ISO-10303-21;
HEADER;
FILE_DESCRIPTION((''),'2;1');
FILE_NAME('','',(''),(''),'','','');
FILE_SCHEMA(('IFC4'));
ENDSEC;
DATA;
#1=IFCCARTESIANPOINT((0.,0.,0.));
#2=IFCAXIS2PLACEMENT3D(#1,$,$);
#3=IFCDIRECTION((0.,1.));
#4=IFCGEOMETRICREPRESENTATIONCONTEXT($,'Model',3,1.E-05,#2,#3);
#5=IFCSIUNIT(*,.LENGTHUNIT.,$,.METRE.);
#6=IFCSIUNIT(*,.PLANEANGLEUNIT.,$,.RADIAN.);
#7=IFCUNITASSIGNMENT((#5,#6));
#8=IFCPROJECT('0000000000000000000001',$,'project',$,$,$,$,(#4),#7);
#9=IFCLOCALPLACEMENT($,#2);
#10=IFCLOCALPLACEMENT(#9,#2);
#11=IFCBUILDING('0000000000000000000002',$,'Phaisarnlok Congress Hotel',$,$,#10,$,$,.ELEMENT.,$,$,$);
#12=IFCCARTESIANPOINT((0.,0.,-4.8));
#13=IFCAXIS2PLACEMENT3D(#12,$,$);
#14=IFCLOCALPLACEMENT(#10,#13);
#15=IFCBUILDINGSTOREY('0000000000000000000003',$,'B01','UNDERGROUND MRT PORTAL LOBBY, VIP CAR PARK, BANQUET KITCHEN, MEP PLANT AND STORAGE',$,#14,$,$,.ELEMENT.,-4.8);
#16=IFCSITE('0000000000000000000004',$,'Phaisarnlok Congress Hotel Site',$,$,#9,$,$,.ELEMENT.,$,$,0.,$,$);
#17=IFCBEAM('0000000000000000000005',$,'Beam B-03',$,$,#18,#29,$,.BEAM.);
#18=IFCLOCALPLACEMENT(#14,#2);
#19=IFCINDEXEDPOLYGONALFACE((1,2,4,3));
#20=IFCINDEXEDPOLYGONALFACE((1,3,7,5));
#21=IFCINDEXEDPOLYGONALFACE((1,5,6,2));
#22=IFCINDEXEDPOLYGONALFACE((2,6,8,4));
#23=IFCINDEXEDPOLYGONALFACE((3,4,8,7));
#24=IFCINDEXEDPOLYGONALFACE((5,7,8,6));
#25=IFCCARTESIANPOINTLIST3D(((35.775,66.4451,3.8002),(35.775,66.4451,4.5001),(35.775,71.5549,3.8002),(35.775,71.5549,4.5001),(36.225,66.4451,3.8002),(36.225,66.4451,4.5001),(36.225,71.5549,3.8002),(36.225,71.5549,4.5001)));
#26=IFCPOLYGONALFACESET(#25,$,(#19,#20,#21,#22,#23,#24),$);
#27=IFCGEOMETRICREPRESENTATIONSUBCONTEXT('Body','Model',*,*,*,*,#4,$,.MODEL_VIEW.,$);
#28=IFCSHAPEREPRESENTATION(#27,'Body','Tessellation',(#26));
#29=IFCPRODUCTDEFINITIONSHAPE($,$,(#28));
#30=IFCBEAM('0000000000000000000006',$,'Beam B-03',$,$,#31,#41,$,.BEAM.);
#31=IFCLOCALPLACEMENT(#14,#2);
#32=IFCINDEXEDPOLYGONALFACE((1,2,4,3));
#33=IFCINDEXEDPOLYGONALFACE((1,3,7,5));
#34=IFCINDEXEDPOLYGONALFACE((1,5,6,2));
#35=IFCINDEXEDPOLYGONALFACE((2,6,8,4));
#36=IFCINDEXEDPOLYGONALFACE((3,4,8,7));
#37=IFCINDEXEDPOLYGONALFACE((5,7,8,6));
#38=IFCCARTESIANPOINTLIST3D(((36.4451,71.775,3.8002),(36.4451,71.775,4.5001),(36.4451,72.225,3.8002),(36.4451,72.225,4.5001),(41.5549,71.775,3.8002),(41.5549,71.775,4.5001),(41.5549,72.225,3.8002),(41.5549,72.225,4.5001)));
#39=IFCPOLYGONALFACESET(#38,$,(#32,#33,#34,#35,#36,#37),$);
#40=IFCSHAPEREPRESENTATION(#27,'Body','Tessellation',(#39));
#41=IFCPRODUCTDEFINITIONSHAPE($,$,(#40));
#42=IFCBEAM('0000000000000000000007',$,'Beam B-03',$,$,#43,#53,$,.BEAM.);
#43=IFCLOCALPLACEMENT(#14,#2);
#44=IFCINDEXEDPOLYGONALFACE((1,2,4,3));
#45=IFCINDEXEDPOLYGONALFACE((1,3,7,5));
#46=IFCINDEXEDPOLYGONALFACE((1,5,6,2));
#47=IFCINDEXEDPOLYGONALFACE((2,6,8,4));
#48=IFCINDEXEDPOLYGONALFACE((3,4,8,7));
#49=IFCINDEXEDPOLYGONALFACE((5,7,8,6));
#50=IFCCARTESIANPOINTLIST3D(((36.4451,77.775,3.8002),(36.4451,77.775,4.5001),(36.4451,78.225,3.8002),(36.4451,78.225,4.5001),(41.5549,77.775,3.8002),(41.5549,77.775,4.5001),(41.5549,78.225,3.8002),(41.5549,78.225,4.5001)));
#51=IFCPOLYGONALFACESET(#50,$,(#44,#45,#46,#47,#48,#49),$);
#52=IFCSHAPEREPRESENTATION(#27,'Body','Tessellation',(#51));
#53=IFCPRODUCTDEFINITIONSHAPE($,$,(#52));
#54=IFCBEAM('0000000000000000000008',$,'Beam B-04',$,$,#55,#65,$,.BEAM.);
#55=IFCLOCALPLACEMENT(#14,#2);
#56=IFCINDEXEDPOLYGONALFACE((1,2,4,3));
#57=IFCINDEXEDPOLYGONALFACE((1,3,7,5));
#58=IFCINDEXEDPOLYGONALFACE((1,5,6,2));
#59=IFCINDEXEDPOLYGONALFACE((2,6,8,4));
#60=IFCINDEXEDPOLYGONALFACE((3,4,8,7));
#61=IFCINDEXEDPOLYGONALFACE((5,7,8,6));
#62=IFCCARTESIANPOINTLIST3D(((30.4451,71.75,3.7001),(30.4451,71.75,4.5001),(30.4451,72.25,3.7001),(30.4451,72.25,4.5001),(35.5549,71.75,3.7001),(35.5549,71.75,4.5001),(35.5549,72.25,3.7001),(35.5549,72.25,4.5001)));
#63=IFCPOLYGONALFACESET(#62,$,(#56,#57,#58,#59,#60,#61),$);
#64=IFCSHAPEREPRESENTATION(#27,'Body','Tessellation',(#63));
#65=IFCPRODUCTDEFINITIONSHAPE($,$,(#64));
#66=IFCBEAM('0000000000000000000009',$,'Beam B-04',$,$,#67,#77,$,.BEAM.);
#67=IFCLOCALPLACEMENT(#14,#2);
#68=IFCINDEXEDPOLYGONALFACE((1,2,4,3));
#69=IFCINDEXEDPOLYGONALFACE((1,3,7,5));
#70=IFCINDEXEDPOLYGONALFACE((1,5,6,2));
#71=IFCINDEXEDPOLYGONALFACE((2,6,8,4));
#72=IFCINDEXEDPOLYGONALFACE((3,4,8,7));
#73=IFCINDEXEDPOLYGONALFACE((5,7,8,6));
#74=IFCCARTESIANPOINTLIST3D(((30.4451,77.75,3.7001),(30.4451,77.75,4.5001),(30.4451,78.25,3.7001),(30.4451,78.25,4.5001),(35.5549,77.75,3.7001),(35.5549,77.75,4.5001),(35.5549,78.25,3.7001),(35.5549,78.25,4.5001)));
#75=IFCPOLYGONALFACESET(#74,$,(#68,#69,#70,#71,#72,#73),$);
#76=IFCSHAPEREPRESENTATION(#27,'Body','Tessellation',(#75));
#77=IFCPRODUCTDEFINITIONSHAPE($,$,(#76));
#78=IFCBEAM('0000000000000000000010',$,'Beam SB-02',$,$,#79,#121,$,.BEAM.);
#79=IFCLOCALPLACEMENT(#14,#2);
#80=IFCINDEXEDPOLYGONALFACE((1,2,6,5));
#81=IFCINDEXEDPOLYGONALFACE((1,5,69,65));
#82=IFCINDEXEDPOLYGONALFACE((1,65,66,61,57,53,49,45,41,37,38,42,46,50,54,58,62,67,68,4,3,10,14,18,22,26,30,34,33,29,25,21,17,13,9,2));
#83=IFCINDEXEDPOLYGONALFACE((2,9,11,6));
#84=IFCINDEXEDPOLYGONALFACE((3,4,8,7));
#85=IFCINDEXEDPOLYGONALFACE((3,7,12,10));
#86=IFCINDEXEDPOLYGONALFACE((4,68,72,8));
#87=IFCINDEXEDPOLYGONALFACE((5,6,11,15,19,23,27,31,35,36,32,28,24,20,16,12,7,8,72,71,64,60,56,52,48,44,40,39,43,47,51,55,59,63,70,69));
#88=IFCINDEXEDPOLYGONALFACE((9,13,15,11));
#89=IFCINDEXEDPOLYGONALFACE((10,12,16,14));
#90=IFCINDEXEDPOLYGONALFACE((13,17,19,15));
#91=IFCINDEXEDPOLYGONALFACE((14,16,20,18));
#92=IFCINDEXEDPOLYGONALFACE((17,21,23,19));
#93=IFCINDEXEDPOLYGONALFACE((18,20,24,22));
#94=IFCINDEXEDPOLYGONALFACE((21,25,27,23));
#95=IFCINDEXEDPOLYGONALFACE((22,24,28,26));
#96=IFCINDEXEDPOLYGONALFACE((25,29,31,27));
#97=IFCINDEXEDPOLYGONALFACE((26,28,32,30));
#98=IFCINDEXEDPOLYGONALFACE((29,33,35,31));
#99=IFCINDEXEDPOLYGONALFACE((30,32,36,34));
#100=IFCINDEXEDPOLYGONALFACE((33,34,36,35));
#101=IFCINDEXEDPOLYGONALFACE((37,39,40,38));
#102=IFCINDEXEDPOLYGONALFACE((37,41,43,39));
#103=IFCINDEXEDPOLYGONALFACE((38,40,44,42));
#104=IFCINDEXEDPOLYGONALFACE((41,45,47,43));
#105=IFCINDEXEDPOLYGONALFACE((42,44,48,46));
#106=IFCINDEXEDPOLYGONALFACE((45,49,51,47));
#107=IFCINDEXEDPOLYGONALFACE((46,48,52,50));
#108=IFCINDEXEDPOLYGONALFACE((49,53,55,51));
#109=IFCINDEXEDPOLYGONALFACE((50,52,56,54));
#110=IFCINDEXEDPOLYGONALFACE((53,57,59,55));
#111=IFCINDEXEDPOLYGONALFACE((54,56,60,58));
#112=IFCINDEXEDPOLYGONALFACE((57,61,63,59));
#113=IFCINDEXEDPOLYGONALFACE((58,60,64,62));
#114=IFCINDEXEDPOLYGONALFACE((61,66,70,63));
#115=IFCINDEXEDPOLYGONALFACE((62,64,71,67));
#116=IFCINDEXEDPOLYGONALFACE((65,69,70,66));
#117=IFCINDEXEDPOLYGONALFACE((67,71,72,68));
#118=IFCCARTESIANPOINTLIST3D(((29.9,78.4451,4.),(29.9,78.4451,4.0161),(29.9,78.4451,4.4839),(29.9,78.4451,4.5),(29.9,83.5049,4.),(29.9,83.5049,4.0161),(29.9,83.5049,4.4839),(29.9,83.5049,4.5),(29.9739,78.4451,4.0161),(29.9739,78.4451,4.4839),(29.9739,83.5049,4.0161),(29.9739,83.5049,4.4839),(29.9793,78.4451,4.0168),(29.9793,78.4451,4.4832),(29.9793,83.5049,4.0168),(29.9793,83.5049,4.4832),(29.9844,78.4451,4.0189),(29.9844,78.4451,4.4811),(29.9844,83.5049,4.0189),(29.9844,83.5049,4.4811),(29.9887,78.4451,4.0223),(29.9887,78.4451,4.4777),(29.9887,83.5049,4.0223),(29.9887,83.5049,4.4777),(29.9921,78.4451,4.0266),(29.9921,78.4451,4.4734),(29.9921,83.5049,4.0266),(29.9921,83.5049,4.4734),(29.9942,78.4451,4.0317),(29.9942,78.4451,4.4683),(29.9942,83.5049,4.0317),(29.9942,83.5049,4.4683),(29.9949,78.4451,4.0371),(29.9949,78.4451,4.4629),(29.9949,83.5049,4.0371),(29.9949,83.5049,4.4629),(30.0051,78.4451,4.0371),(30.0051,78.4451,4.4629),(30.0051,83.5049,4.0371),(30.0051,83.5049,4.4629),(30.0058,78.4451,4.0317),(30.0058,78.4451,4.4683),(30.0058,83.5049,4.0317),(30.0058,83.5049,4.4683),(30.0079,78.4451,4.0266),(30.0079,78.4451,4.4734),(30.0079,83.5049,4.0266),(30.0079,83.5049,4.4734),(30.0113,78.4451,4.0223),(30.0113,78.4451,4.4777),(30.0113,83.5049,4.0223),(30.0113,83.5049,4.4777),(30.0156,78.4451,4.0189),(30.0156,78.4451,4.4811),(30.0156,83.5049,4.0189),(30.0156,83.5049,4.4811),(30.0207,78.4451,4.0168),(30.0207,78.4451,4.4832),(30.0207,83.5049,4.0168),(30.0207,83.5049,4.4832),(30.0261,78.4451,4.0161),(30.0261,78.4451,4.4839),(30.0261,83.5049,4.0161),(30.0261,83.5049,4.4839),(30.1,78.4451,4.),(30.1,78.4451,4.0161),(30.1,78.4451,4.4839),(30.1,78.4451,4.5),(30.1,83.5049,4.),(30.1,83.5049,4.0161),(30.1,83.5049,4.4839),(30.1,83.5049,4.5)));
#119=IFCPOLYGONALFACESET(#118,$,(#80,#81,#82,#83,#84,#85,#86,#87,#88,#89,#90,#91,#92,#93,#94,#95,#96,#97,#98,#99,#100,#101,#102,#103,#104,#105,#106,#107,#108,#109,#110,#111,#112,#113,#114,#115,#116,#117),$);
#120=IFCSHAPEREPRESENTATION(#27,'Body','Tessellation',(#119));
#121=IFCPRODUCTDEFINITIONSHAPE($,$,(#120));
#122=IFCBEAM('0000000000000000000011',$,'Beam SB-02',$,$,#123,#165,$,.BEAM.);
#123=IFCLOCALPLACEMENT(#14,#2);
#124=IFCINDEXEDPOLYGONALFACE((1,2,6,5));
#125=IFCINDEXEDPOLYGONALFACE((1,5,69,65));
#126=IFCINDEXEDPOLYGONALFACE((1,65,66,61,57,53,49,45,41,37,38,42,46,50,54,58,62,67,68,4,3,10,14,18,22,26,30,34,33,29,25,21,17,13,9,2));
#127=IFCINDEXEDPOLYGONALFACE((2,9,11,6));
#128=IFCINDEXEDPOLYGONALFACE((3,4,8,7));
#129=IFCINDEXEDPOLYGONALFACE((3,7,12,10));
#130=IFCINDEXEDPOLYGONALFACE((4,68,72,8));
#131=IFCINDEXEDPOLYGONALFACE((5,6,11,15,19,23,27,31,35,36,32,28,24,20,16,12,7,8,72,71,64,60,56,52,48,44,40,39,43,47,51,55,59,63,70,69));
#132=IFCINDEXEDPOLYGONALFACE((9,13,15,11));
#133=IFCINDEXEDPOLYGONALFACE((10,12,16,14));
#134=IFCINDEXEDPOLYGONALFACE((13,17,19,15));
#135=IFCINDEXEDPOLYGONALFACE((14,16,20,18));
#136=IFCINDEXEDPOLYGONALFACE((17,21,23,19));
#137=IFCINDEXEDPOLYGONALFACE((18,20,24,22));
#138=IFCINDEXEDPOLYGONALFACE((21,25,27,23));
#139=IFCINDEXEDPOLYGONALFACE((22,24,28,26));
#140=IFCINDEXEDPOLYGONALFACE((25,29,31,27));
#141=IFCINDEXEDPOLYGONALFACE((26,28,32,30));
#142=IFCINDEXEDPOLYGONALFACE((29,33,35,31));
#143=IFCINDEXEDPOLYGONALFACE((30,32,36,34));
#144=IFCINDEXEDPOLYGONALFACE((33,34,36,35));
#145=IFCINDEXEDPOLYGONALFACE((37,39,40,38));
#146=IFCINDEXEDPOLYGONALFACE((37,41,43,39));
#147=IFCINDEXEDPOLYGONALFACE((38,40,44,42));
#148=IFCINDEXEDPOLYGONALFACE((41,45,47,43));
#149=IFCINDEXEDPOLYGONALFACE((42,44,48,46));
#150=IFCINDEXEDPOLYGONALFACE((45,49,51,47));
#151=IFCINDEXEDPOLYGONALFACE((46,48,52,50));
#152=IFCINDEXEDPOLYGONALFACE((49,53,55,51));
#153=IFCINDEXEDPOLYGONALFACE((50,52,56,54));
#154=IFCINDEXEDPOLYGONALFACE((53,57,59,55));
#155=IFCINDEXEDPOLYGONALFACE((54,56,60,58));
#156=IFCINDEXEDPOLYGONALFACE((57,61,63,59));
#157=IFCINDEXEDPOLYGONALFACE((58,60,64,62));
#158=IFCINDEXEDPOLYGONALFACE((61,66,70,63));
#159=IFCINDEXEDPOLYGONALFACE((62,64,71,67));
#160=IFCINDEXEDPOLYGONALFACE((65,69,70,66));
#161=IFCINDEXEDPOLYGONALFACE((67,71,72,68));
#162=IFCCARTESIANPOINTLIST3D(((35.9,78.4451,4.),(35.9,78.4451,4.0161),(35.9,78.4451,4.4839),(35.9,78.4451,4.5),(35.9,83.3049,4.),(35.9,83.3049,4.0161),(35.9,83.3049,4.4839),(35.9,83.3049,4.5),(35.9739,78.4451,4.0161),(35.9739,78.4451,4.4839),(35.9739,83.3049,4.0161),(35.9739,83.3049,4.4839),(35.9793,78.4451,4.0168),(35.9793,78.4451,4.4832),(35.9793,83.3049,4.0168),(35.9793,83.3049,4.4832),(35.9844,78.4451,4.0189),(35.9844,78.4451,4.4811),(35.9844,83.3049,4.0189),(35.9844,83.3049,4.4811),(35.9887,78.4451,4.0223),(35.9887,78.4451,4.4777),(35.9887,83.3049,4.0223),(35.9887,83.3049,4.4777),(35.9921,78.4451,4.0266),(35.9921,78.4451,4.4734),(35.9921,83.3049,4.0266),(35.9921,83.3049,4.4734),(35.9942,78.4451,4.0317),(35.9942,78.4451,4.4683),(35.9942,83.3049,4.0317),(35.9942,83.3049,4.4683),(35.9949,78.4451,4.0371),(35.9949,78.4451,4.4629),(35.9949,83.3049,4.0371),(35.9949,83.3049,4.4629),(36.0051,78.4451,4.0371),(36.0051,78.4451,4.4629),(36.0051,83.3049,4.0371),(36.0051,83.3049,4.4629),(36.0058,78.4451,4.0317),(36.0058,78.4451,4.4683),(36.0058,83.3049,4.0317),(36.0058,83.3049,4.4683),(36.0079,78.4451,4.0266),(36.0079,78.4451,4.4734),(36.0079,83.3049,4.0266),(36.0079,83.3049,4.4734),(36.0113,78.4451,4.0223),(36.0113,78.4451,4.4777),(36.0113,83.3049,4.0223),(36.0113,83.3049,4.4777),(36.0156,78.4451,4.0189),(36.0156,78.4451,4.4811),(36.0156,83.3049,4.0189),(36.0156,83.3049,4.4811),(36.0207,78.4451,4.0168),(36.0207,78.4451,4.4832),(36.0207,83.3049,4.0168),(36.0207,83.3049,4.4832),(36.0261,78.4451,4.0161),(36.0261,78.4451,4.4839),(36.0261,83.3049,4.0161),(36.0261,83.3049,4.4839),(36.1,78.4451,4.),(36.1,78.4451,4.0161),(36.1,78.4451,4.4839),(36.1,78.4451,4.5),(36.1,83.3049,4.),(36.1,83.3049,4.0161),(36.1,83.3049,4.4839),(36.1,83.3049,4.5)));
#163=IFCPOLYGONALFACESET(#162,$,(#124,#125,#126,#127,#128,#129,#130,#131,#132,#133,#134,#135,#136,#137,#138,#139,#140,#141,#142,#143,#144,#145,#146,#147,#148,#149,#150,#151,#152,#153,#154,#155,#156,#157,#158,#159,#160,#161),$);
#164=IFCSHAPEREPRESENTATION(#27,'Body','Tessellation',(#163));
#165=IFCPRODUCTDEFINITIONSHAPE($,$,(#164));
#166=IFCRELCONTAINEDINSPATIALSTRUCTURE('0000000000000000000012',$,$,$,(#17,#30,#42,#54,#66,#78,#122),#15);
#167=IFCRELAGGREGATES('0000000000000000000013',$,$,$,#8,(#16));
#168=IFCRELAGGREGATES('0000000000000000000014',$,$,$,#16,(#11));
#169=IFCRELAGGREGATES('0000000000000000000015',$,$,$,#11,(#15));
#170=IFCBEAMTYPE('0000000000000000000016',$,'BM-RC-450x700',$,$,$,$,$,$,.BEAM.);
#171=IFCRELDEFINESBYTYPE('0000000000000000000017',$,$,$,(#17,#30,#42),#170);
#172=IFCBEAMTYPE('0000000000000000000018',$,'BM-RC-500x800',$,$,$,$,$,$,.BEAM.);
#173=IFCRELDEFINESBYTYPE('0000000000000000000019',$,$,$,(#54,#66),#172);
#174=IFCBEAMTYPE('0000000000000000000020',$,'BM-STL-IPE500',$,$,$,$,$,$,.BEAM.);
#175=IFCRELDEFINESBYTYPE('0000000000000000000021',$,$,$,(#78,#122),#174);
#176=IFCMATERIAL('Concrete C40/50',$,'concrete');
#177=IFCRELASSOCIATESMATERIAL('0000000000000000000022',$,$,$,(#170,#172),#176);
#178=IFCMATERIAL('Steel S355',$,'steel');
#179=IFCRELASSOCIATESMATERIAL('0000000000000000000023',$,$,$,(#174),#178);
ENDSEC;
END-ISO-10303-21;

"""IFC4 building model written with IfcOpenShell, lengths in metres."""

from ifc_helpers import new_model, si_unit, direction, frame, origin, origin_2d, place, context, subcontext, project, spatial, rectangle, i_section, extrude, material, material_profile, profile_set, type_object, element, save


model = new_model("IFC4")

# Units and contexts
model_context = context("Model", 3, precision=1e-05, world=origin(), true_north=direction((0.0, 1.0)))
body_context = subcontext(model_context, "Body", "Model", "MODEL_VIEW")
ifc_project = project(units=[si_unit("LENGTHUNIT", "METRE"), si_unit("PLANEANGLEUNIT", "RADIAN")], contexts=[model_context])

# Site, building, storey
site_placement = place(None, origin())
site = spatial("IfcSite", under=ifc_project, at=site_placement, Name="Phaisarnlok Congress Hotel Site", CompositionType="ELEMENT", RefElevation=0.0)
building_placement = place(site_placement, origin())
building = spatial("IfcBuilding", under=site, at=building_placement, Name="Phaisarnlok Congress Hotel", CompositionType="ELEMENT")
storey_placement = place(building_placement, frame((0.0, 0.0, -4.8)))
storey = spatial("IfcBuildingStorey", under=building, at=storey_placement, Name="B01", Description="UNDERGROUND MRT PORTAL LOBBY, VIP CAR PARK, BANQUET KITCHEN, MEP PLANT AND STORAGE", CompositionType="ELEMENT", Elevation=-4.8)

# Shared definitions
ifc_material_1 = material(Name="Concrete C40/50", Category="concrete")

# Beams
ifc_material_profile_1 = material_profile(ifc_material_1, rectangle(XDim=0.45, YDim=0.7, at=origin_2d()), Name="RC 450x700")
ifc_profile_set_1 = profile_set([ifc_material_profile_1], Name="Concrete C40/50")
beam_type_1 = type_object("IfcBeamType", Name="BM-RC-450x700", PredefinedType="BEAM", material=ifc_profile_set_1)
for number, where, z_axis, x_axis, name in (
    (1, (36.0, 66.4451, 4.1501), (0.0, 1.0, 0.0), (-1.0, 0.0, 0.0), "Beam B-03"),
    (2, (36.4451, 72.0, 4.1501), (1.0, 0.0, 0.0), (0.0, 1.0, 0.0), "Beam B-03"),
    (3, (36.4451, 78.0, 4.1501), (1.0, 0.0, 0.0), (0.0, 1.0, 0.0), "Beam B-03"),
):
    element("IfcBeam", number, at=place(storey_placement, frame(where, z_axis=z_axis, x_axis=x_axis)), inside=storey, type_object=beam_type_1, Name=name, PredefinedType="BEAM", context=body_context, shape_type="SweptSolid", body=[
        extrude(rectangle(XDim=0.45, YDim=0.7, at=origin_2d()), origin(), (0.0, 0.0, 1.0), 5.1099),
    ])
ifc_material_profile_2 = material_profile(ifc_material_1, rectangle(XDim=0.5, YDim=0.8, at=origin_2d()), Name="RC 500x800")
ifc_profile_set_2 = profile_set([ifc_material_profile_2], Name="Concrete C40/50")
beam_type_2 = type_object("IfcBeamType", Name="BM-RC-500x800", PredefinedType="BEAM", material=ifc_profile_set_2)
for number, where, z_axis, x_axis, name in (
    (4, (30.4451, 72.0, 4.1001), (1.0, 0.0, 0.0), (0.0, 1.0, 0.0), "Beam B-04"),
    (5, (30.4451, 78.0, 4.1001), (1.0, 0.0, 0.0), (0.0, 1.0, 0.0), "Beam B-04"),
):
    element("IfcBeam", number, at=place(storey_placement, frame(where, z_axis=z_axis, x_axis=x_axis)), inside=storey, type_object=beam_type_2, Name=name, PredefinedType="BEAM", context=body_context, shape_type="SweptSolid", body=[
        extrude(rectangle(XDim=0.5, YDim=0.8, at=origin_2d()), origin(), (0.0, 0.0, 1.0), 5.1099),
    ])
ifc_material_2 = material(Name="Steel S355", Category="steel")
ifc_material_profile_3 = material_profile(ifc_material_2, i_section(OverallWidth=0.2, OverallDepth=0.5, WebThickness=0.0103, FlangeThickness=0.0161, FilletRadius=0.021, at=origin_2d()), Name="IPE 500")
ifc_profile_set_3 = profile_set([ifc_material_profile_3], Name="Steel S355")
beam_type_3 = type_object("IfcBeamType", Name="BM-STL-IPE500", PredefinedType="BEAM", material=ifc_profile_set_3)
beam_1_placement = place(storey_placement, frame((30.0, 78.4451, 4.25), z_axis=(0.0, 1.0, 0.0), x_axis=(-1.0, 0.0, 0.0)))
element("IfcBeam", 6, at=beam_1_placement, inside=storey, type_object=beam_type_3, Name="Beam SB-02", PredefinedType="BEAM", context=body_context, shape_type="SweptSolid", body=[
    extrude(i_section(OverallWidth=0.2, OverallDepth=0.5, WebThickness=0.0103, FlangeThickness=0.0161, FilletRadius=0.021, at=origin_2d()), origin(), (0.0, 0.0, 1.0), 5.0598),
])
beam_2_placement = place(storey_placement, frame((36.0, 78.4451, 4.25), z_axis=(0.0, 1.0, 0.0), x_axis=(-1.0, 0.0, 0.0)))
element("IfcBeam", 7, at=beam_2_placement, inside=storey, type_object=beam_type_3, Name="Beam SB-02", PredefinedType="BEAM", context=body_context, shape_type="SweptSolid", body=[
    extrude(i_section(OverallWidth=0.2, OverallDepth=0.5, WebThickness=0.0103, FlangeThickness=0.0161, FilletRadius=0.021, at=origin_2d()), origin(), (0.0, 0.0, 1.0), 4.8599),
])

save(model, "model.ifc")
